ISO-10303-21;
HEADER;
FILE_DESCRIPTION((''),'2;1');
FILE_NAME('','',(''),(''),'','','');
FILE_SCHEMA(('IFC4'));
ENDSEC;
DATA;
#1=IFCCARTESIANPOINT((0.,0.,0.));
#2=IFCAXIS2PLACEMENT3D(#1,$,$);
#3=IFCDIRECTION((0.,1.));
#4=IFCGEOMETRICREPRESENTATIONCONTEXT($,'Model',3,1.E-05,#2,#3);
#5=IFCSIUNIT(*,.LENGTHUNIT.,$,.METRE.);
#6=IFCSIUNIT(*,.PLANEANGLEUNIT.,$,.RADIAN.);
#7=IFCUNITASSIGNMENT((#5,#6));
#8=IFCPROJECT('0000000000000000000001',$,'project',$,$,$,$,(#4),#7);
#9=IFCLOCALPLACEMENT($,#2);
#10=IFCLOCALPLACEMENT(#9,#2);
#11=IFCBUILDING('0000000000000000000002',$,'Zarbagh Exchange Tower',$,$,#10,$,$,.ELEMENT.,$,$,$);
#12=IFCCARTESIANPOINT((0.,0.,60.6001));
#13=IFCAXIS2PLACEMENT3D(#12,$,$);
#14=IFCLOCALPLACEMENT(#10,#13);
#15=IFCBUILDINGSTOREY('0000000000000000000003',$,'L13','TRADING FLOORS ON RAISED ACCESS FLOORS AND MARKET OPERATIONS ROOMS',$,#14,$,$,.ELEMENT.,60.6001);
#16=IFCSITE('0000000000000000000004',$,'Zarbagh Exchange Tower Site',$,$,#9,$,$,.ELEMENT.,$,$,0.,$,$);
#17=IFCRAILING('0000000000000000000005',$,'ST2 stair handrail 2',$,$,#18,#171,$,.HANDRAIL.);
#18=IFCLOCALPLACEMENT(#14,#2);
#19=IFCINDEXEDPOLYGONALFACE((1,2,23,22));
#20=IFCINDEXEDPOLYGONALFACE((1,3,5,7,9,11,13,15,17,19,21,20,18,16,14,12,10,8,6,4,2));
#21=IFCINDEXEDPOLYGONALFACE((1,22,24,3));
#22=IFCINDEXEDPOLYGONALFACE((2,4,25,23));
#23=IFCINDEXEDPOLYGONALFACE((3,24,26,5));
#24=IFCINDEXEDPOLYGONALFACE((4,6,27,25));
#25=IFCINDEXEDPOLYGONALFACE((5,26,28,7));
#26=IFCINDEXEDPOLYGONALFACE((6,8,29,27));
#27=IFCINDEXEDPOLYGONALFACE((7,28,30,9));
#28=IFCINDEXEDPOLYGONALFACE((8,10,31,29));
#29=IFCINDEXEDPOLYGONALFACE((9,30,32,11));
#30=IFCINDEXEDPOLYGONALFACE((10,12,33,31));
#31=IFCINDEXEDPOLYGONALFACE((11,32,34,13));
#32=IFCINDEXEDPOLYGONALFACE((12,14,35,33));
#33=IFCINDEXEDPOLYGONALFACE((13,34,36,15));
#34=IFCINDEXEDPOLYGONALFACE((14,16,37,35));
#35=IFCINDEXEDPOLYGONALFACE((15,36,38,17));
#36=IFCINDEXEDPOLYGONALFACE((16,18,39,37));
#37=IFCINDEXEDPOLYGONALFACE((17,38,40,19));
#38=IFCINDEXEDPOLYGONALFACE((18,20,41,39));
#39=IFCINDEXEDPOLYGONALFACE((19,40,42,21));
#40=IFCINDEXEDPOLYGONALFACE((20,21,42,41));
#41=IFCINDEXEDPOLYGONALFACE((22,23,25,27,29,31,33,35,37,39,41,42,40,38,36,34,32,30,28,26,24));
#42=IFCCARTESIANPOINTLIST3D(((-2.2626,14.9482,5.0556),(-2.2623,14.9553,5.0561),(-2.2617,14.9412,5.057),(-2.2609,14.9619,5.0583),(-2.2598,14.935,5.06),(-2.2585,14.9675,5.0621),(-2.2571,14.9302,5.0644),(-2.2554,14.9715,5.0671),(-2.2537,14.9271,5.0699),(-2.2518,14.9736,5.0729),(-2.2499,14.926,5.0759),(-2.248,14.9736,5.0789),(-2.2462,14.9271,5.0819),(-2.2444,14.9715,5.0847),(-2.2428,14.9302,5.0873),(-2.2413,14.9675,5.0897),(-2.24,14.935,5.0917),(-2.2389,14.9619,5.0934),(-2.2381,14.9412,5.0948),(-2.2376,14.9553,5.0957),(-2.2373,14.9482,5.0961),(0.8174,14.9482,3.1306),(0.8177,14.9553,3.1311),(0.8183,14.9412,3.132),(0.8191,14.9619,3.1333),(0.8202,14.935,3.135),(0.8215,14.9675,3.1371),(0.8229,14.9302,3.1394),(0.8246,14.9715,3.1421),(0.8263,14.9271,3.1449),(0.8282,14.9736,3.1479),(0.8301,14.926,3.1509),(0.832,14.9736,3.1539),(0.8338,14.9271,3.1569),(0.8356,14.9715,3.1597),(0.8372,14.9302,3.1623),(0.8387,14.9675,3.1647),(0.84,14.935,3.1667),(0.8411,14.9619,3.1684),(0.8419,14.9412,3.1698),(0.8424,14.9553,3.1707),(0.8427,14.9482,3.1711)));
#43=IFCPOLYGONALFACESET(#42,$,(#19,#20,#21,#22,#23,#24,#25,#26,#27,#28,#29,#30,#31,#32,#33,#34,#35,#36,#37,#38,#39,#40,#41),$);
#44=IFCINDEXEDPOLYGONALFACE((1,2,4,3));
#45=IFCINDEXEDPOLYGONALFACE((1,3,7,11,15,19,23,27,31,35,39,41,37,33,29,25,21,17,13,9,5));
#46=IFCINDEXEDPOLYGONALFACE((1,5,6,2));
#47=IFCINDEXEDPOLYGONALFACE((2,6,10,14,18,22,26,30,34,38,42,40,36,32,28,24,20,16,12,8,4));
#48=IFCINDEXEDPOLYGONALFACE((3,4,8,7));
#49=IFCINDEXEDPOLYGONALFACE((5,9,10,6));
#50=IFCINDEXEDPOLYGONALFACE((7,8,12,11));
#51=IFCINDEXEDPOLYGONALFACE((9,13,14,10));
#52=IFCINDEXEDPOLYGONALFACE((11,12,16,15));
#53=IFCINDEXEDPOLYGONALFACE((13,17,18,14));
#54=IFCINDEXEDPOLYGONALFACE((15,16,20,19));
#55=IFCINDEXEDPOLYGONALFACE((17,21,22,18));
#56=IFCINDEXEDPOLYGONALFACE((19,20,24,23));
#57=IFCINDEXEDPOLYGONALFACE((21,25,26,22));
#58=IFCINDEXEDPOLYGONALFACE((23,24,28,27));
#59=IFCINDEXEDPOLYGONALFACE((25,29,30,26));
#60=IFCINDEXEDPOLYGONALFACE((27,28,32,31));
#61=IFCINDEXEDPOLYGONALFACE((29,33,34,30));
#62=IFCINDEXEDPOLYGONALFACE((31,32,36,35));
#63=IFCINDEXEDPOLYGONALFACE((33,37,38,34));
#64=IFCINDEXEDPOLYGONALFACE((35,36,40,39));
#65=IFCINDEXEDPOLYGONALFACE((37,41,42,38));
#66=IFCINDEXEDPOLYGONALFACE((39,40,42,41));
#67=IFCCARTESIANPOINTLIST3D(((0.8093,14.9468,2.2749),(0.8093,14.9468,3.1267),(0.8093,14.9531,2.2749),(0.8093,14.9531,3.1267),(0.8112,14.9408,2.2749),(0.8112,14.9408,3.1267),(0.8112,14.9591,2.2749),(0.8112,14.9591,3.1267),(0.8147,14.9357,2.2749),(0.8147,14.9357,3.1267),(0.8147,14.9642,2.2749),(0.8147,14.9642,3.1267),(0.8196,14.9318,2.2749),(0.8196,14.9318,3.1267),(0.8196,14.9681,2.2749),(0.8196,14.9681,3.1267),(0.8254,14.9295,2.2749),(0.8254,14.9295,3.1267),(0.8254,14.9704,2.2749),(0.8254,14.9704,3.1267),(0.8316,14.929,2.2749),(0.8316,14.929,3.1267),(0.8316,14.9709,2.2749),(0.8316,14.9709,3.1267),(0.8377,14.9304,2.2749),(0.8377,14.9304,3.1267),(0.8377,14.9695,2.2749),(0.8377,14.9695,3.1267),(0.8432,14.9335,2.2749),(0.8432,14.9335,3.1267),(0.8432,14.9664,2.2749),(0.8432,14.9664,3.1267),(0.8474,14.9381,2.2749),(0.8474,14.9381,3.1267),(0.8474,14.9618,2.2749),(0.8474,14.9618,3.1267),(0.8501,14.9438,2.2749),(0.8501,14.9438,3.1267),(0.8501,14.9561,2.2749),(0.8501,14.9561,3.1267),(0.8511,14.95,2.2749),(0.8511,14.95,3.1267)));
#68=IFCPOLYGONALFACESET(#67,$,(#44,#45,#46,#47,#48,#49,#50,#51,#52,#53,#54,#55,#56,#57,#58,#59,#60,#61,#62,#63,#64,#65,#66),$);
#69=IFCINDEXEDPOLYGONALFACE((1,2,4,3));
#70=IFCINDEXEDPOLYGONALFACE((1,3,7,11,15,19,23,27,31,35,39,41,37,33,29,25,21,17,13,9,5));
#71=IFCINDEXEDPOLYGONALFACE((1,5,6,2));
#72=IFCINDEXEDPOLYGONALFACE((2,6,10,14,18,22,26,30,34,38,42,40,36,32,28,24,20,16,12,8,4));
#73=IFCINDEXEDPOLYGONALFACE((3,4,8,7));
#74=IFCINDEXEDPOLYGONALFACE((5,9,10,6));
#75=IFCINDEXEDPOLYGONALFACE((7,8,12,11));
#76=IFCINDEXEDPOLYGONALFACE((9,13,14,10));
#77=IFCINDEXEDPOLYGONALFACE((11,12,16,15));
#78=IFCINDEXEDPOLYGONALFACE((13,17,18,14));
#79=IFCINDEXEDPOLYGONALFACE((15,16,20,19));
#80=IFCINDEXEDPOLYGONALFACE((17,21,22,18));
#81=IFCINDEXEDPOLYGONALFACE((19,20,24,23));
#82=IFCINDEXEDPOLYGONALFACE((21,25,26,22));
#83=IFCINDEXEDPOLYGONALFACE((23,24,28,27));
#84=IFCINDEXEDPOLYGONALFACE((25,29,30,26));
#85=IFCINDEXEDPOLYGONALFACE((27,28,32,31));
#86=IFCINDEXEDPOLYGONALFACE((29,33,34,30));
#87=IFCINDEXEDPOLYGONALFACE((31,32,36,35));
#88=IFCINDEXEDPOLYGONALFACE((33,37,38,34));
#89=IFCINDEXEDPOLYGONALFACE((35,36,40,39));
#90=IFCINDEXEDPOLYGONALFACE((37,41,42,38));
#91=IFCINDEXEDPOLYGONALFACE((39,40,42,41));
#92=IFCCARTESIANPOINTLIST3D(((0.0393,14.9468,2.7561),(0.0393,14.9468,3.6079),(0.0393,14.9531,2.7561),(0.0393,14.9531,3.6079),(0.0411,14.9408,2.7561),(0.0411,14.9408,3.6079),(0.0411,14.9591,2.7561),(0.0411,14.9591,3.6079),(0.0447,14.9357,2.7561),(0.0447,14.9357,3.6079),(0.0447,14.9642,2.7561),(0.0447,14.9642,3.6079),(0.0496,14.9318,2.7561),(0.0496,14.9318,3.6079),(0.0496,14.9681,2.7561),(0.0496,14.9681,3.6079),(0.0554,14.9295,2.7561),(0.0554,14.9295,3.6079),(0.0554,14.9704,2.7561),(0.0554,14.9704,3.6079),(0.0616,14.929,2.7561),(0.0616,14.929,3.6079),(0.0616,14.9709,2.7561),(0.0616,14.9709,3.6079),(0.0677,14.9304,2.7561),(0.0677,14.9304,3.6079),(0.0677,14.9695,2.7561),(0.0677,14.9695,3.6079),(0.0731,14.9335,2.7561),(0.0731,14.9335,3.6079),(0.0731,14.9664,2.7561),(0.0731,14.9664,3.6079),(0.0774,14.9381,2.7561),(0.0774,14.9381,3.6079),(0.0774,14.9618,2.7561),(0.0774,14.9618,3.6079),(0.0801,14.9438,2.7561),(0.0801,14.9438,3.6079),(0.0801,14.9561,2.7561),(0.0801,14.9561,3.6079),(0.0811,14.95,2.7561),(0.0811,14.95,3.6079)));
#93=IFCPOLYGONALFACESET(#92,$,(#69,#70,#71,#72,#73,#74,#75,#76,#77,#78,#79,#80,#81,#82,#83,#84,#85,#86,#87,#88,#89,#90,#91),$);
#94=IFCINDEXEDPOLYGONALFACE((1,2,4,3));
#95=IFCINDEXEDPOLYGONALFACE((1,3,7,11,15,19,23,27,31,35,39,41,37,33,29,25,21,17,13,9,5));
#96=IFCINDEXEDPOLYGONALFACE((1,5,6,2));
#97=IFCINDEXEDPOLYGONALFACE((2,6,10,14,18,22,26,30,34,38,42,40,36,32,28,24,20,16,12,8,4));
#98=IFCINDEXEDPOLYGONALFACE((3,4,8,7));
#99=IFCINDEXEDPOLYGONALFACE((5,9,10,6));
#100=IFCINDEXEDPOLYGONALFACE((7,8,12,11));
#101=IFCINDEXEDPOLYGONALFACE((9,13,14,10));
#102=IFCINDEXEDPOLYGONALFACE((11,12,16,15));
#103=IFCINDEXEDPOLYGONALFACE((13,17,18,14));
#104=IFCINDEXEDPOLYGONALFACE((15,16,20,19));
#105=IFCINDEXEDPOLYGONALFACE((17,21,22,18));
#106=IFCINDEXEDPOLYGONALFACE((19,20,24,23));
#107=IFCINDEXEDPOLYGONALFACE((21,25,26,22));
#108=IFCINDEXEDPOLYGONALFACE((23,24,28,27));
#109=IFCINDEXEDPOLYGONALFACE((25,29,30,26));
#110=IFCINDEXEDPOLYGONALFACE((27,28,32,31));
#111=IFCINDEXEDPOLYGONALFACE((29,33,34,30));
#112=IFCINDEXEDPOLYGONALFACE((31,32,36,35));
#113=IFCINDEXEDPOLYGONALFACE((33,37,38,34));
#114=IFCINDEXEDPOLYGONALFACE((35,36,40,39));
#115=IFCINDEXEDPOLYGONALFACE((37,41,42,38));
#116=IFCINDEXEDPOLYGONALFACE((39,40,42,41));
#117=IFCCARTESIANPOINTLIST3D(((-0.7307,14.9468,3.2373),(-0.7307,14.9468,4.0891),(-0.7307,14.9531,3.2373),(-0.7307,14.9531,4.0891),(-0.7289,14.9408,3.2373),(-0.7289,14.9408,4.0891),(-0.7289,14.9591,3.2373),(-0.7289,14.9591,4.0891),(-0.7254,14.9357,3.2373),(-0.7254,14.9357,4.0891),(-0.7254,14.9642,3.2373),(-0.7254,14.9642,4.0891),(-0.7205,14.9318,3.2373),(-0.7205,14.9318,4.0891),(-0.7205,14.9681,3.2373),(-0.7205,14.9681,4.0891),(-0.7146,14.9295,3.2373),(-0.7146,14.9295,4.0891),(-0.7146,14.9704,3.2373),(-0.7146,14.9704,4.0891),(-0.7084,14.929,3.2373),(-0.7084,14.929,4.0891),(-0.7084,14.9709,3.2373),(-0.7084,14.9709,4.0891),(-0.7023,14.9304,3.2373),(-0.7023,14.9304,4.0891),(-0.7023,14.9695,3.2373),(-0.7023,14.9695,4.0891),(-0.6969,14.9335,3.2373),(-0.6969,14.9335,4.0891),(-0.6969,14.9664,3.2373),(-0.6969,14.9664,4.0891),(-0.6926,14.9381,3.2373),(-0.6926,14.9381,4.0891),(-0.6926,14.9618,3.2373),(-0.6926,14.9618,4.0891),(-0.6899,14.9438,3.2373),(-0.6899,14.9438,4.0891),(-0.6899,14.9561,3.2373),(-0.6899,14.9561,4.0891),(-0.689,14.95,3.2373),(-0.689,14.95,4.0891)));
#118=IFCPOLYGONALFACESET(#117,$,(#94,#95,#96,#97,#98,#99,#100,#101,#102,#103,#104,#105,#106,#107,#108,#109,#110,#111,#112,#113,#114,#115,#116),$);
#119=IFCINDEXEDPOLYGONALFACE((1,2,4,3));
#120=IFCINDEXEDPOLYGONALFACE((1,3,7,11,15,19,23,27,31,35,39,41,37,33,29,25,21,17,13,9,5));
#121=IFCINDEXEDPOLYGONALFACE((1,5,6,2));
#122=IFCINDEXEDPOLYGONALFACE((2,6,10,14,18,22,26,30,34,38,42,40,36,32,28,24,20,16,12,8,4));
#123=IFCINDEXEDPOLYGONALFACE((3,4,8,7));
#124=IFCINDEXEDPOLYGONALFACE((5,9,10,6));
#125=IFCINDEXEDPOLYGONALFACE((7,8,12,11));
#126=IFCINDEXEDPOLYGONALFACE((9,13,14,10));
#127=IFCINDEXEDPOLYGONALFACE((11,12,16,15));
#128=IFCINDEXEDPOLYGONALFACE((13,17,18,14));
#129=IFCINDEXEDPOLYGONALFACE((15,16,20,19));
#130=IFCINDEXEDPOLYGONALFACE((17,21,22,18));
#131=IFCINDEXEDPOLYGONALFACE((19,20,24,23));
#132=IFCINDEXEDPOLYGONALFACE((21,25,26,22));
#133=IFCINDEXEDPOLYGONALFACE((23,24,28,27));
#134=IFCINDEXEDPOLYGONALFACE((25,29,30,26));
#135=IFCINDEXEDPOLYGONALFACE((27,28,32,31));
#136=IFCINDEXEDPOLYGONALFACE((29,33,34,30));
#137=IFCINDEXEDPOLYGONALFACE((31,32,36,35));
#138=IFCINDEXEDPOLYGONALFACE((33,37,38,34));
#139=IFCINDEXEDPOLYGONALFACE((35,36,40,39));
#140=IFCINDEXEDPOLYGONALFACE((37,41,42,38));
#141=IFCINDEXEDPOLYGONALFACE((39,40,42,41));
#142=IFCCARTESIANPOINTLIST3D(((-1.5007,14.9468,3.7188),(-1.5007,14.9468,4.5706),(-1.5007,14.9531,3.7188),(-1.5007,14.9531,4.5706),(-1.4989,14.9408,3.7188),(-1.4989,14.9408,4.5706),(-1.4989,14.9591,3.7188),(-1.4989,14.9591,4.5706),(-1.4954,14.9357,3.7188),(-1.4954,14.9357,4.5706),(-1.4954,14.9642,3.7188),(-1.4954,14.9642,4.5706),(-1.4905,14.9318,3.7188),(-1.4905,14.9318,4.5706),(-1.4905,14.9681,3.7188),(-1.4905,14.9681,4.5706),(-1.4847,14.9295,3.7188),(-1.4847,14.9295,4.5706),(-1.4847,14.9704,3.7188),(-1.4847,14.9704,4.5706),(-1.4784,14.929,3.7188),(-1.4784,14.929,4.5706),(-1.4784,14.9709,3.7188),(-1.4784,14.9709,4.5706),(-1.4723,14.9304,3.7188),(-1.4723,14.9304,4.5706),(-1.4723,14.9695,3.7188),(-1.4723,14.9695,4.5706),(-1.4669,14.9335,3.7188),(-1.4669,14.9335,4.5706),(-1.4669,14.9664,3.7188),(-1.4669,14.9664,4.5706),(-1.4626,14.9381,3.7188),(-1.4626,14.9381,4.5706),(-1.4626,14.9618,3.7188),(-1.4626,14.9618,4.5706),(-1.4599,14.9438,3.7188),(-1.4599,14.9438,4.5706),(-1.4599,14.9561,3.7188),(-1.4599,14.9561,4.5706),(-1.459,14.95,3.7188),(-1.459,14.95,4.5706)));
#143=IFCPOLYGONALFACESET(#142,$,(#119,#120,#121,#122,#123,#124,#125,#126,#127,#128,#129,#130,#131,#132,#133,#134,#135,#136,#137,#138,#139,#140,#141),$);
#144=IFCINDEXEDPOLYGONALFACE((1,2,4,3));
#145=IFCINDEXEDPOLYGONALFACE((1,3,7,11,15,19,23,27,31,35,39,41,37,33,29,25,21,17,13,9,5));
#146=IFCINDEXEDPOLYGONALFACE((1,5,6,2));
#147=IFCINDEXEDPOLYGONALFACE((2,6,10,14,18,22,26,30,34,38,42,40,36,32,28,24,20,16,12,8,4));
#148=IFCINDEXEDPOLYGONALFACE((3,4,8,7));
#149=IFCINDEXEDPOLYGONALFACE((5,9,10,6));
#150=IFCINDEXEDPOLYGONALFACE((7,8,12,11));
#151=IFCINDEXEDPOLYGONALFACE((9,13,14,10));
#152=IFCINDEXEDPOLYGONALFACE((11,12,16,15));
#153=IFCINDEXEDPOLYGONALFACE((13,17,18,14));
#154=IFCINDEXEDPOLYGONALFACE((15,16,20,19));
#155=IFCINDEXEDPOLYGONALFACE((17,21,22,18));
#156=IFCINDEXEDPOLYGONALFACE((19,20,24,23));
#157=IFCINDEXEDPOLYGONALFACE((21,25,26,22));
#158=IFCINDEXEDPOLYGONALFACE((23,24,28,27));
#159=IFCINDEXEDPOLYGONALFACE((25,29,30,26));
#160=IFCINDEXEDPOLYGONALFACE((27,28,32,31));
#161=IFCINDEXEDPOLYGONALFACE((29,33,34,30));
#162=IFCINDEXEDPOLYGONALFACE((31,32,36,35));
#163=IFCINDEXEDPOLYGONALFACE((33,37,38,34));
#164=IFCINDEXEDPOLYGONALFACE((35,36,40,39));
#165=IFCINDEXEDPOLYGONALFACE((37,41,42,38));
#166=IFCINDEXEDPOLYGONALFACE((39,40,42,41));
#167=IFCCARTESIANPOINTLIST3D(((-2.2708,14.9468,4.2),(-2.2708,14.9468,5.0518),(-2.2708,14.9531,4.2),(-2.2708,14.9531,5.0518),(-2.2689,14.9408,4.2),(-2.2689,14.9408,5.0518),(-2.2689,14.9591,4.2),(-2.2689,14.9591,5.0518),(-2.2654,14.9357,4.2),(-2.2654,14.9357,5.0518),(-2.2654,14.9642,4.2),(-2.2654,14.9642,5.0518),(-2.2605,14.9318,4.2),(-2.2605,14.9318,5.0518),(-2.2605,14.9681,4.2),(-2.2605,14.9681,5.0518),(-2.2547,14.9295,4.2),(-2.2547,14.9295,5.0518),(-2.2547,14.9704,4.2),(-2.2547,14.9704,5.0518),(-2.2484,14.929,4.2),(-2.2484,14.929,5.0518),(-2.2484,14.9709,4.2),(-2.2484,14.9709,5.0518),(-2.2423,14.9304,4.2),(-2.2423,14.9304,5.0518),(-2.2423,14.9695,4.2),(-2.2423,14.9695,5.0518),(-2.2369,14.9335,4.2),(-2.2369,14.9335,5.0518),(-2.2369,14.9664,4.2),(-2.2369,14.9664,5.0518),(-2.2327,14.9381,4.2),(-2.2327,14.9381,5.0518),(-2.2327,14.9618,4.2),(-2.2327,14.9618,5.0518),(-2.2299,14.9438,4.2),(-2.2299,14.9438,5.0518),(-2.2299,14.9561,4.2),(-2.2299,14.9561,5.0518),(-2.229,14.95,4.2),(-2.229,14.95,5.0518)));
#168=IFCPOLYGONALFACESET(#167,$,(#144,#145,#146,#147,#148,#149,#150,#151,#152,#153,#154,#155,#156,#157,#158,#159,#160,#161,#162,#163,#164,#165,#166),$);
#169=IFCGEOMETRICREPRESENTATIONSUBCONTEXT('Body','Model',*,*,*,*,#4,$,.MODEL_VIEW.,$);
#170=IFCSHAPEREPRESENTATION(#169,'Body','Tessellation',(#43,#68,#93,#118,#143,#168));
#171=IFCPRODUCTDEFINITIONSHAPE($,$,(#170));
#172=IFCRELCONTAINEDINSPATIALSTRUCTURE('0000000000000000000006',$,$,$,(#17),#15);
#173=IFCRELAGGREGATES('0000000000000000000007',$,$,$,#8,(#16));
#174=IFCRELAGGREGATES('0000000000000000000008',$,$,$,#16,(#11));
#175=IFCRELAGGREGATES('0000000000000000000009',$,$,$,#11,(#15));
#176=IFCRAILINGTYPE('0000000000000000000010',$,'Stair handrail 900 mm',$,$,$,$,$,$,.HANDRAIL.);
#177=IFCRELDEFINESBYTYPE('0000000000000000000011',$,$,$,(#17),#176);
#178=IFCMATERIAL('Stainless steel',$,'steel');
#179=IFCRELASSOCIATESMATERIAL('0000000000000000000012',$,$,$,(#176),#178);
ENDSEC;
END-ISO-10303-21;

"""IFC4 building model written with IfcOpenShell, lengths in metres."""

from ifc_helpers import new_model, si_unit, direction, frame, origin, origin_2d, place, context, subcontext, project, spatial, circle, extrude, material, type_object, element, save


model = new_model("IFC4")

# Units and contexts
model_context = context("Model", 3, precision=1e-05, world=origin(), true_north=direction((0.0, 1.0)))
body_context = subcontext(model_context, "Body", "Model", "MODEL_VIEW")
ifc_project = project(units=[si_unit("LENGTHUNIT", "METRE"), si_unit("PLANEANGLEUNIT", "RADIAN")], contexts=[model_context])

# Site, building, storey
site_placement = place(None, origin())
site = spatial("IfcSite", under=ifc_project, at=site_placement, Name="Zarbagh Exchange Tower Site", CompositionType="ELEMENT", RefElevation=0.0)
building_placement = place(site_placement, origin())
building = spatial("IfcBuilding", under=site, at=building_placement, Name="Zarbagh Exchange Tower", CompositionType="ELEMENT")
storey_placement = place(building_placement, frame((0.0, 0.0, 60.6001)))
storey = spatial("IfcBuildingStorey", under=building, at=storey_placement, Name="L13", Description="TRADING FLOORS ON RAISED ACCESS FLOORS AND MARKET OPERATIONS ROOMS", CompositionType="ELEMENT", Elevation=60.6001)

# Shared definitions
ifc_material_1 = material(Name="Stainless steel", Category="steel")

# Railing
railing_type_1 = type_object("IfcRailingType", Name="Stair handrail 900 mm", PredefinedType="HANDRAIL", material=ifc_material_1)
for number, where, name in (
    (1, (0.8301, 14.95, 2.2749), "ST2 stair handrail 2"),
):
    element("IfcRailing", number, at=place(storey_placement, frame(where)), inside=storey, type_object=railing_type_1, Name=name, PredefinedType="HANDRAIL", context=body_context, shape_type="SweptSolid", body=[
        extrude(circle(Radius=0.0239, at=origin_2d()), frame((0.0, 0.0, 0.876), z_axis=(-0.847998, 0.0, 0.529999), x_axis=(0.0, -1.0, 0.0)), (0.0, 0.0, 1.0), 3.6321),
        extrude(circle(Radius=0.021, at=origin_2d()), origin(), (0.0, 0.0, 1.0), 0.8518),
        extrude(circle(Radius=0.021, at=origin_2d()), frame((-0.77, 0.0, 0.4812)), (0.0, 0.0, 1.0), 0.8518),
        extrude(circle(Radius=0.021, at=origin_2d()), frame((-1.54, 0.0, 0.9624)), (0.0, 0.0, 1.0), 0.8518),
        extrude(circle(Radius=0.021, at=origin_2d()), frame((-2.3101, 0.0, 1.4438)), (0.0, 0.0, 1.0), 0.8518),
        extrude(circle(Radius=0.021, at=origin_2d()), frame((-3.0801, 0.0, 1.925)), (0.0, 0.0, 1.0), 0.8518),
    ])

save(model, "model.ifc")
